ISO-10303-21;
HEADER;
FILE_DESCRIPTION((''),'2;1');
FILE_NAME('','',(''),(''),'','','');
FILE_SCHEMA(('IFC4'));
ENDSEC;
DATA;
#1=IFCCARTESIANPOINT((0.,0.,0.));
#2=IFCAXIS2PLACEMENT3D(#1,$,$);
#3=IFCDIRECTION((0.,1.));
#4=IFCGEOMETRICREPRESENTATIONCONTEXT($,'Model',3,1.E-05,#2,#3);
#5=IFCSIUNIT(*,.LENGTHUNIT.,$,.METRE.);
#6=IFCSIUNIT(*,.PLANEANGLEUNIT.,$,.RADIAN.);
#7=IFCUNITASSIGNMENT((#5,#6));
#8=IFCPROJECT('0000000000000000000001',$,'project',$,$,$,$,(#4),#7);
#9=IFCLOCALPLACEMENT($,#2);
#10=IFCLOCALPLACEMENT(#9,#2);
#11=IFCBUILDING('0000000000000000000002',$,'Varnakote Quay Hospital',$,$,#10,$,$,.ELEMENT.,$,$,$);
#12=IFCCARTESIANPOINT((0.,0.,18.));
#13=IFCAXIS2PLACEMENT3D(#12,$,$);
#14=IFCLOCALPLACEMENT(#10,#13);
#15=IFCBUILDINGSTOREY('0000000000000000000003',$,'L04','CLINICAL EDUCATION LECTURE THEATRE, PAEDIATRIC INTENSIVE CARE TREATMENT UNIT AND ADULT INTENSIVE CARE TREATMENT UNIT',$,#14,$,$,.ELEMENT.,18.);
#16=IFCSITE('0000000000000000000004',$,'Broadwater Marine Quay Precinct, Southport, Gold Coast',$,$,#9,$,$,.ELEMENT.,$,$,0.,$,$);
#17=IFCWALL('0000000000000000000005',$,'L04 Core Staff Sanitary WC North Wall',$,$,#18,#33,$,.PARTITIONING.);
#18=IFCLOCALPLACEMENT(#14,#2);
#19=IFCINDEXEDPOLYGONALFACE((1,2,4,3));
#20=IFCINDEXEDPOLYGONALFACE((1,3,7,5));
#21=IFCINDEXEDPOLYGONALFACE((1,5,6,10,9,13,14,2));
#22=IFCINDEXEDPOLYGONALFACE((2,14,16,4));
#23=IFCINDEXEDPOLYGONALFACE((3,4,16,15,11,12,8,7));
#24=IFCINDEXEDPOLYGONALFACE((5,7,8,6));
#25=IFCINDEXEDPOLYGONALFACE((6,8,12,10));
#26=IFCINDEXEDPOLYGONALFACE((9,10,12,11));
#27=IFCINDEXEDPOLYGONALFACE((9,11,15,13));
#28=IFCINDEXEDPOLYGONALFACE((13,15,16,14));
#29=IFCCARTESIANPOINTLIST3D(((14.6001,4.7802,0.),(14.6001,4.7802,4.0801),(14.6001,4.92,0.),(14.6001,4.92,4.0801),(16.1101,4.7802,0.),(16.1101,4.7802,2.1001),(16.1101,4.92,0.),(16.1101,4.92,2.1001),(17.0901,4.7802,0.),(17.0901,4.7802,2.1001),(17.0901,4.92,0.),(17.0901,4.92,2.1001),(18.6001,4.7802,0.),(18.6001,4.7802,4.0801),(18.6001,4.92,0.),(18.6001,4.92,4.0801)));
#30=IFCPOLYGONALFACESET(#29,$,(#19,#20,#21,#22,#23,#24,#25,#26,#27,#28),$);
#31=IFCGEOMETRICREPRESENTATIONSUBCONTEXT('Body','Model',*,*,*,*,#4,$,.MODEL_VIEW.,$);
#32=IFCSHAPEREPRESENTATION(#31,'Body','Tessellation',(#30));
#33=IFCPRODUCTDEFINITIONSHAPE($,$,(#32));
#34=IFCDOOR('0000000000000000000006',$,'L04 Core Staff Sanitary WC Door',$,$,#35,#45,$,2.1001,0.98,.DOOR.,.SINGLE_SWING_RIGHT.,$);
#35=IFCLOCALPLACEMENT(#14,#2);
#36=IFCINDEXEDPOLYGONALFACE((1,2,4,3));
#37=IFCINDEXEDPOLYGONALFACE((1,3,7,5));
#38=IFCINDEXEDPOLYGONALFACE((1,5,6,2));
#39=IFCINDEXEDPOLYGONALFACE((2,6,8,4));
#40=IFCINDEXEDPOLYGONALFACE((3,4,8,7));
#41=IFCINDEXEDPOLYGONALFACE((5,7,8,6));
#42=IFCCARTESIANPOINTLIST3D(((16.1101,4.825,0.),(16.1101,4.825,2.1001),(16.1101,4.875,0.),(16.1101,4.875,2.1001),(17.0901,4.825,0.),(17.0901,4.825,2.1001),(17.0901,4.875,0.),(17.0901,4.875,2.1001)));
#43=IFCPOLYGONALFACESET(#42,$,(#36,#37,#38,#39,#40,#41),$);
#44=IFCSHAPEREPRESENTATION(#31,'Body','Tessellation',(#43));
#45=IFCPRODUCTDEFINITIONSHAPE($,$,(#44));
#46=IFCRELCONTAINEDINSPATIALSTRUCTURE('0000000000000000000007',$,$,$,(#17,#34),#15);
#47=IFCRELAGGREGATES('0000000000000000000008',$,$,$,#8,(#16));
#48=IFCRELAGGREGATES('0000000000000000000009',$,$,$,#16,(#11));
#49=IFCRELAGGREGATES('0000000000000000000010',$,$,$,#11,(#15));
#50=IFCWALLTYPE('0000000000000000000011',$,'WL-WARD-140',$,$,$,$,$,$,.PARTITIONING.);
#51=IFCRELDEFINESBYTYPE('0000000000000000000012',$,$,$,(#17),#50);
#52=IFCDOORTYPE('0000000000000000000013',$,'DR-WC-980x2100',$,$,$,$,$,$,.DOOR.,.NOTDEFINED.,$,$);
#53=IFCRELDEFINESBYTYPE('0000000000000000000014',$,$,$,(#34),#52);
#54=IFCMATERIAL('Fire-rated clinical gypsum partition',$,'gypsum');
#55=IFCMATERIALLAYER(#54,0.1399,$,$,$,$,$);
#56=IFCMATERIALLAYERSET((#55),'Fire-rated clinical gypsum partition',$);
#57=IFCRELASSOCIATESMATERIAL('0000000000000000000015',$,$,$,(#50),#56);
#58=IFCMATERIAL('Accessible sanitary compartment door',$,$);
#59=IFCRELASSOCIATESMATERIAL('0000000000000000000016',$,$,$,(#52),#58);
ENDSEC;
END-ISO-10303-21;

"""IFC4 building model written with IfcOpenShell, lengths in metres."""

from ifc_helpers import new_model, si_unit, direction, frame, frame_2d, origin, place, context, subcontext, project, spatial, rectangle, extrude, material, layer, layer_set, type_object, element, fill, save


model = new_model("IFC4")

# Units and contexts
model_context = context("Model", 3, precision=1e-05, world=origin(), true_north=direction((0.0, 1.0)))
body_context = subcontext(model_context, "Body", "Model", "MODEL_VIEW")
ifc_project = project(units=[si_unit("LENGTHUNIT", "METRE"), si_unit("PLANEANGLEUNIT", "RADIAN")], contexts=[model_context])

# Site, building, storey
site_placement = place(None, origin())
site = spatial("IfcSite", under=ifc_project, at=site_placement, Name="Broadwater Marine Quay Precinct, Southport, Gold Coast", CompositionType="ELEMENT", RefElevation=0.0)
building_placement = place(site_placement, origin())
building = spatial("IfcBuilding", under=site, at=building_placement, Name="Varnakote Quay Hospital", CompositionType="ELEMENT")
storey_placement = place(building_placement, frame((0.0, 0.0, 18.0)))
storey = spatial("IfcBuildingStorey", under=building, at=storey_placement, Name="L04", Description="CLINICAL EDUCATION LECTURE THEATRE, PAEDIATRIC INTENSIVE CARE TREATMENT UNIT AND ADULT INTENSIVE CARE TREATMENT UNIT", CompositionType="ELEMENT", Elevation=18.0)

# Wall, opening, door
ifc_material_1 = material(Name="Fire-rated clinical gypsum partition", Category="gypsum")
ifc_layer_1 = layer(ifc_material_1, 0.1399)
ifc_layer_set_1 = layer_set([ifc_layer_1], Name="Fire-rated clinical gypsum partition")
wall_type_1 = type_object("IfcWallType", Name="WL-WARD-140", PredefinedType="PARTITIONING", material=ifc_layer_set_1)
wall_1_placement = place(storey_placement, frame((14.6001, 4.8501, 0.0), z_axis=(0.0, 0.0, 1.0), x_axis=(1.0, 0.0, 0.0)))
wall_1 = element("IfcWall", 1, at=wall_1_placement, inside=storey, type_object=wall_type_1, Name="L04 Core Staff Sanitary WC North Wall", PredefinedType="PARTITIONING", context=body_context, shape_type="SweptSolid", body=[
    extrude(rectangle(XDim=4.0, YDim=0.1399, at=frame_2d((2.0, 0.0))), origin(), (0.0, 0.0, 1.0), 4.0801),
])
opening_1_placement = place(wall_1_placement, frame((1.51, 0.0, 0.0)))
opening_1 = element("IfcOpeningElement", 2, at=opening_1_placement, cuts=wall_1, PredefinedType="OPENING", context=body_context, shape_type="SweptSolid", body=[
    extrude(rectangle(XDim=0.98, YDim=2.1001, at=frame_2d((0.49, 1.05))), frame((0.0, 0.0798, 0.0), z_axis=(0.0, -1.0, 0.0), x_axis=(1.0, 0.0, 0.0)), (0.0, 0.0, 1.0), 0.1599),
])
ifc_material_2 = material(Name="Accessible sanitary compartment door")
door_type_1 = type_object("IfcDoorType", Name="DR-WC-980x2100", OperationType="NOTDEFINED", PredefinedType="DOOR", material=ifc_material_2)
door_1_placement = place(opening_1_placement, origin())
door_1 = element("IfcDoor", 3, at=door_1_placement, inside=storey, type_object=door_type_1, Name="L04 Core Staff Sanitary WC Door", OperationType="SINGLE_SWING_RIGHT", OverallHeight=2.1001, OverallWidth=0.98, PredefinedType="DOOR", context=body_context, shape_type="SweptSolid", body=[
    extrude(rectangle(XDim=0.98, YDim=2.1001, at=frame_2d((0.49, 1.05))), frame((0.0, 0.0249, 0.0), z_axis=(0.0, -1.0, 0.0), x_axis=(1.0, 0.0, 0.0)), (0.0, 0.0, 1.0), 0.05),
])
fill(opening_1, door_1)

save(model, "model.ifc")
